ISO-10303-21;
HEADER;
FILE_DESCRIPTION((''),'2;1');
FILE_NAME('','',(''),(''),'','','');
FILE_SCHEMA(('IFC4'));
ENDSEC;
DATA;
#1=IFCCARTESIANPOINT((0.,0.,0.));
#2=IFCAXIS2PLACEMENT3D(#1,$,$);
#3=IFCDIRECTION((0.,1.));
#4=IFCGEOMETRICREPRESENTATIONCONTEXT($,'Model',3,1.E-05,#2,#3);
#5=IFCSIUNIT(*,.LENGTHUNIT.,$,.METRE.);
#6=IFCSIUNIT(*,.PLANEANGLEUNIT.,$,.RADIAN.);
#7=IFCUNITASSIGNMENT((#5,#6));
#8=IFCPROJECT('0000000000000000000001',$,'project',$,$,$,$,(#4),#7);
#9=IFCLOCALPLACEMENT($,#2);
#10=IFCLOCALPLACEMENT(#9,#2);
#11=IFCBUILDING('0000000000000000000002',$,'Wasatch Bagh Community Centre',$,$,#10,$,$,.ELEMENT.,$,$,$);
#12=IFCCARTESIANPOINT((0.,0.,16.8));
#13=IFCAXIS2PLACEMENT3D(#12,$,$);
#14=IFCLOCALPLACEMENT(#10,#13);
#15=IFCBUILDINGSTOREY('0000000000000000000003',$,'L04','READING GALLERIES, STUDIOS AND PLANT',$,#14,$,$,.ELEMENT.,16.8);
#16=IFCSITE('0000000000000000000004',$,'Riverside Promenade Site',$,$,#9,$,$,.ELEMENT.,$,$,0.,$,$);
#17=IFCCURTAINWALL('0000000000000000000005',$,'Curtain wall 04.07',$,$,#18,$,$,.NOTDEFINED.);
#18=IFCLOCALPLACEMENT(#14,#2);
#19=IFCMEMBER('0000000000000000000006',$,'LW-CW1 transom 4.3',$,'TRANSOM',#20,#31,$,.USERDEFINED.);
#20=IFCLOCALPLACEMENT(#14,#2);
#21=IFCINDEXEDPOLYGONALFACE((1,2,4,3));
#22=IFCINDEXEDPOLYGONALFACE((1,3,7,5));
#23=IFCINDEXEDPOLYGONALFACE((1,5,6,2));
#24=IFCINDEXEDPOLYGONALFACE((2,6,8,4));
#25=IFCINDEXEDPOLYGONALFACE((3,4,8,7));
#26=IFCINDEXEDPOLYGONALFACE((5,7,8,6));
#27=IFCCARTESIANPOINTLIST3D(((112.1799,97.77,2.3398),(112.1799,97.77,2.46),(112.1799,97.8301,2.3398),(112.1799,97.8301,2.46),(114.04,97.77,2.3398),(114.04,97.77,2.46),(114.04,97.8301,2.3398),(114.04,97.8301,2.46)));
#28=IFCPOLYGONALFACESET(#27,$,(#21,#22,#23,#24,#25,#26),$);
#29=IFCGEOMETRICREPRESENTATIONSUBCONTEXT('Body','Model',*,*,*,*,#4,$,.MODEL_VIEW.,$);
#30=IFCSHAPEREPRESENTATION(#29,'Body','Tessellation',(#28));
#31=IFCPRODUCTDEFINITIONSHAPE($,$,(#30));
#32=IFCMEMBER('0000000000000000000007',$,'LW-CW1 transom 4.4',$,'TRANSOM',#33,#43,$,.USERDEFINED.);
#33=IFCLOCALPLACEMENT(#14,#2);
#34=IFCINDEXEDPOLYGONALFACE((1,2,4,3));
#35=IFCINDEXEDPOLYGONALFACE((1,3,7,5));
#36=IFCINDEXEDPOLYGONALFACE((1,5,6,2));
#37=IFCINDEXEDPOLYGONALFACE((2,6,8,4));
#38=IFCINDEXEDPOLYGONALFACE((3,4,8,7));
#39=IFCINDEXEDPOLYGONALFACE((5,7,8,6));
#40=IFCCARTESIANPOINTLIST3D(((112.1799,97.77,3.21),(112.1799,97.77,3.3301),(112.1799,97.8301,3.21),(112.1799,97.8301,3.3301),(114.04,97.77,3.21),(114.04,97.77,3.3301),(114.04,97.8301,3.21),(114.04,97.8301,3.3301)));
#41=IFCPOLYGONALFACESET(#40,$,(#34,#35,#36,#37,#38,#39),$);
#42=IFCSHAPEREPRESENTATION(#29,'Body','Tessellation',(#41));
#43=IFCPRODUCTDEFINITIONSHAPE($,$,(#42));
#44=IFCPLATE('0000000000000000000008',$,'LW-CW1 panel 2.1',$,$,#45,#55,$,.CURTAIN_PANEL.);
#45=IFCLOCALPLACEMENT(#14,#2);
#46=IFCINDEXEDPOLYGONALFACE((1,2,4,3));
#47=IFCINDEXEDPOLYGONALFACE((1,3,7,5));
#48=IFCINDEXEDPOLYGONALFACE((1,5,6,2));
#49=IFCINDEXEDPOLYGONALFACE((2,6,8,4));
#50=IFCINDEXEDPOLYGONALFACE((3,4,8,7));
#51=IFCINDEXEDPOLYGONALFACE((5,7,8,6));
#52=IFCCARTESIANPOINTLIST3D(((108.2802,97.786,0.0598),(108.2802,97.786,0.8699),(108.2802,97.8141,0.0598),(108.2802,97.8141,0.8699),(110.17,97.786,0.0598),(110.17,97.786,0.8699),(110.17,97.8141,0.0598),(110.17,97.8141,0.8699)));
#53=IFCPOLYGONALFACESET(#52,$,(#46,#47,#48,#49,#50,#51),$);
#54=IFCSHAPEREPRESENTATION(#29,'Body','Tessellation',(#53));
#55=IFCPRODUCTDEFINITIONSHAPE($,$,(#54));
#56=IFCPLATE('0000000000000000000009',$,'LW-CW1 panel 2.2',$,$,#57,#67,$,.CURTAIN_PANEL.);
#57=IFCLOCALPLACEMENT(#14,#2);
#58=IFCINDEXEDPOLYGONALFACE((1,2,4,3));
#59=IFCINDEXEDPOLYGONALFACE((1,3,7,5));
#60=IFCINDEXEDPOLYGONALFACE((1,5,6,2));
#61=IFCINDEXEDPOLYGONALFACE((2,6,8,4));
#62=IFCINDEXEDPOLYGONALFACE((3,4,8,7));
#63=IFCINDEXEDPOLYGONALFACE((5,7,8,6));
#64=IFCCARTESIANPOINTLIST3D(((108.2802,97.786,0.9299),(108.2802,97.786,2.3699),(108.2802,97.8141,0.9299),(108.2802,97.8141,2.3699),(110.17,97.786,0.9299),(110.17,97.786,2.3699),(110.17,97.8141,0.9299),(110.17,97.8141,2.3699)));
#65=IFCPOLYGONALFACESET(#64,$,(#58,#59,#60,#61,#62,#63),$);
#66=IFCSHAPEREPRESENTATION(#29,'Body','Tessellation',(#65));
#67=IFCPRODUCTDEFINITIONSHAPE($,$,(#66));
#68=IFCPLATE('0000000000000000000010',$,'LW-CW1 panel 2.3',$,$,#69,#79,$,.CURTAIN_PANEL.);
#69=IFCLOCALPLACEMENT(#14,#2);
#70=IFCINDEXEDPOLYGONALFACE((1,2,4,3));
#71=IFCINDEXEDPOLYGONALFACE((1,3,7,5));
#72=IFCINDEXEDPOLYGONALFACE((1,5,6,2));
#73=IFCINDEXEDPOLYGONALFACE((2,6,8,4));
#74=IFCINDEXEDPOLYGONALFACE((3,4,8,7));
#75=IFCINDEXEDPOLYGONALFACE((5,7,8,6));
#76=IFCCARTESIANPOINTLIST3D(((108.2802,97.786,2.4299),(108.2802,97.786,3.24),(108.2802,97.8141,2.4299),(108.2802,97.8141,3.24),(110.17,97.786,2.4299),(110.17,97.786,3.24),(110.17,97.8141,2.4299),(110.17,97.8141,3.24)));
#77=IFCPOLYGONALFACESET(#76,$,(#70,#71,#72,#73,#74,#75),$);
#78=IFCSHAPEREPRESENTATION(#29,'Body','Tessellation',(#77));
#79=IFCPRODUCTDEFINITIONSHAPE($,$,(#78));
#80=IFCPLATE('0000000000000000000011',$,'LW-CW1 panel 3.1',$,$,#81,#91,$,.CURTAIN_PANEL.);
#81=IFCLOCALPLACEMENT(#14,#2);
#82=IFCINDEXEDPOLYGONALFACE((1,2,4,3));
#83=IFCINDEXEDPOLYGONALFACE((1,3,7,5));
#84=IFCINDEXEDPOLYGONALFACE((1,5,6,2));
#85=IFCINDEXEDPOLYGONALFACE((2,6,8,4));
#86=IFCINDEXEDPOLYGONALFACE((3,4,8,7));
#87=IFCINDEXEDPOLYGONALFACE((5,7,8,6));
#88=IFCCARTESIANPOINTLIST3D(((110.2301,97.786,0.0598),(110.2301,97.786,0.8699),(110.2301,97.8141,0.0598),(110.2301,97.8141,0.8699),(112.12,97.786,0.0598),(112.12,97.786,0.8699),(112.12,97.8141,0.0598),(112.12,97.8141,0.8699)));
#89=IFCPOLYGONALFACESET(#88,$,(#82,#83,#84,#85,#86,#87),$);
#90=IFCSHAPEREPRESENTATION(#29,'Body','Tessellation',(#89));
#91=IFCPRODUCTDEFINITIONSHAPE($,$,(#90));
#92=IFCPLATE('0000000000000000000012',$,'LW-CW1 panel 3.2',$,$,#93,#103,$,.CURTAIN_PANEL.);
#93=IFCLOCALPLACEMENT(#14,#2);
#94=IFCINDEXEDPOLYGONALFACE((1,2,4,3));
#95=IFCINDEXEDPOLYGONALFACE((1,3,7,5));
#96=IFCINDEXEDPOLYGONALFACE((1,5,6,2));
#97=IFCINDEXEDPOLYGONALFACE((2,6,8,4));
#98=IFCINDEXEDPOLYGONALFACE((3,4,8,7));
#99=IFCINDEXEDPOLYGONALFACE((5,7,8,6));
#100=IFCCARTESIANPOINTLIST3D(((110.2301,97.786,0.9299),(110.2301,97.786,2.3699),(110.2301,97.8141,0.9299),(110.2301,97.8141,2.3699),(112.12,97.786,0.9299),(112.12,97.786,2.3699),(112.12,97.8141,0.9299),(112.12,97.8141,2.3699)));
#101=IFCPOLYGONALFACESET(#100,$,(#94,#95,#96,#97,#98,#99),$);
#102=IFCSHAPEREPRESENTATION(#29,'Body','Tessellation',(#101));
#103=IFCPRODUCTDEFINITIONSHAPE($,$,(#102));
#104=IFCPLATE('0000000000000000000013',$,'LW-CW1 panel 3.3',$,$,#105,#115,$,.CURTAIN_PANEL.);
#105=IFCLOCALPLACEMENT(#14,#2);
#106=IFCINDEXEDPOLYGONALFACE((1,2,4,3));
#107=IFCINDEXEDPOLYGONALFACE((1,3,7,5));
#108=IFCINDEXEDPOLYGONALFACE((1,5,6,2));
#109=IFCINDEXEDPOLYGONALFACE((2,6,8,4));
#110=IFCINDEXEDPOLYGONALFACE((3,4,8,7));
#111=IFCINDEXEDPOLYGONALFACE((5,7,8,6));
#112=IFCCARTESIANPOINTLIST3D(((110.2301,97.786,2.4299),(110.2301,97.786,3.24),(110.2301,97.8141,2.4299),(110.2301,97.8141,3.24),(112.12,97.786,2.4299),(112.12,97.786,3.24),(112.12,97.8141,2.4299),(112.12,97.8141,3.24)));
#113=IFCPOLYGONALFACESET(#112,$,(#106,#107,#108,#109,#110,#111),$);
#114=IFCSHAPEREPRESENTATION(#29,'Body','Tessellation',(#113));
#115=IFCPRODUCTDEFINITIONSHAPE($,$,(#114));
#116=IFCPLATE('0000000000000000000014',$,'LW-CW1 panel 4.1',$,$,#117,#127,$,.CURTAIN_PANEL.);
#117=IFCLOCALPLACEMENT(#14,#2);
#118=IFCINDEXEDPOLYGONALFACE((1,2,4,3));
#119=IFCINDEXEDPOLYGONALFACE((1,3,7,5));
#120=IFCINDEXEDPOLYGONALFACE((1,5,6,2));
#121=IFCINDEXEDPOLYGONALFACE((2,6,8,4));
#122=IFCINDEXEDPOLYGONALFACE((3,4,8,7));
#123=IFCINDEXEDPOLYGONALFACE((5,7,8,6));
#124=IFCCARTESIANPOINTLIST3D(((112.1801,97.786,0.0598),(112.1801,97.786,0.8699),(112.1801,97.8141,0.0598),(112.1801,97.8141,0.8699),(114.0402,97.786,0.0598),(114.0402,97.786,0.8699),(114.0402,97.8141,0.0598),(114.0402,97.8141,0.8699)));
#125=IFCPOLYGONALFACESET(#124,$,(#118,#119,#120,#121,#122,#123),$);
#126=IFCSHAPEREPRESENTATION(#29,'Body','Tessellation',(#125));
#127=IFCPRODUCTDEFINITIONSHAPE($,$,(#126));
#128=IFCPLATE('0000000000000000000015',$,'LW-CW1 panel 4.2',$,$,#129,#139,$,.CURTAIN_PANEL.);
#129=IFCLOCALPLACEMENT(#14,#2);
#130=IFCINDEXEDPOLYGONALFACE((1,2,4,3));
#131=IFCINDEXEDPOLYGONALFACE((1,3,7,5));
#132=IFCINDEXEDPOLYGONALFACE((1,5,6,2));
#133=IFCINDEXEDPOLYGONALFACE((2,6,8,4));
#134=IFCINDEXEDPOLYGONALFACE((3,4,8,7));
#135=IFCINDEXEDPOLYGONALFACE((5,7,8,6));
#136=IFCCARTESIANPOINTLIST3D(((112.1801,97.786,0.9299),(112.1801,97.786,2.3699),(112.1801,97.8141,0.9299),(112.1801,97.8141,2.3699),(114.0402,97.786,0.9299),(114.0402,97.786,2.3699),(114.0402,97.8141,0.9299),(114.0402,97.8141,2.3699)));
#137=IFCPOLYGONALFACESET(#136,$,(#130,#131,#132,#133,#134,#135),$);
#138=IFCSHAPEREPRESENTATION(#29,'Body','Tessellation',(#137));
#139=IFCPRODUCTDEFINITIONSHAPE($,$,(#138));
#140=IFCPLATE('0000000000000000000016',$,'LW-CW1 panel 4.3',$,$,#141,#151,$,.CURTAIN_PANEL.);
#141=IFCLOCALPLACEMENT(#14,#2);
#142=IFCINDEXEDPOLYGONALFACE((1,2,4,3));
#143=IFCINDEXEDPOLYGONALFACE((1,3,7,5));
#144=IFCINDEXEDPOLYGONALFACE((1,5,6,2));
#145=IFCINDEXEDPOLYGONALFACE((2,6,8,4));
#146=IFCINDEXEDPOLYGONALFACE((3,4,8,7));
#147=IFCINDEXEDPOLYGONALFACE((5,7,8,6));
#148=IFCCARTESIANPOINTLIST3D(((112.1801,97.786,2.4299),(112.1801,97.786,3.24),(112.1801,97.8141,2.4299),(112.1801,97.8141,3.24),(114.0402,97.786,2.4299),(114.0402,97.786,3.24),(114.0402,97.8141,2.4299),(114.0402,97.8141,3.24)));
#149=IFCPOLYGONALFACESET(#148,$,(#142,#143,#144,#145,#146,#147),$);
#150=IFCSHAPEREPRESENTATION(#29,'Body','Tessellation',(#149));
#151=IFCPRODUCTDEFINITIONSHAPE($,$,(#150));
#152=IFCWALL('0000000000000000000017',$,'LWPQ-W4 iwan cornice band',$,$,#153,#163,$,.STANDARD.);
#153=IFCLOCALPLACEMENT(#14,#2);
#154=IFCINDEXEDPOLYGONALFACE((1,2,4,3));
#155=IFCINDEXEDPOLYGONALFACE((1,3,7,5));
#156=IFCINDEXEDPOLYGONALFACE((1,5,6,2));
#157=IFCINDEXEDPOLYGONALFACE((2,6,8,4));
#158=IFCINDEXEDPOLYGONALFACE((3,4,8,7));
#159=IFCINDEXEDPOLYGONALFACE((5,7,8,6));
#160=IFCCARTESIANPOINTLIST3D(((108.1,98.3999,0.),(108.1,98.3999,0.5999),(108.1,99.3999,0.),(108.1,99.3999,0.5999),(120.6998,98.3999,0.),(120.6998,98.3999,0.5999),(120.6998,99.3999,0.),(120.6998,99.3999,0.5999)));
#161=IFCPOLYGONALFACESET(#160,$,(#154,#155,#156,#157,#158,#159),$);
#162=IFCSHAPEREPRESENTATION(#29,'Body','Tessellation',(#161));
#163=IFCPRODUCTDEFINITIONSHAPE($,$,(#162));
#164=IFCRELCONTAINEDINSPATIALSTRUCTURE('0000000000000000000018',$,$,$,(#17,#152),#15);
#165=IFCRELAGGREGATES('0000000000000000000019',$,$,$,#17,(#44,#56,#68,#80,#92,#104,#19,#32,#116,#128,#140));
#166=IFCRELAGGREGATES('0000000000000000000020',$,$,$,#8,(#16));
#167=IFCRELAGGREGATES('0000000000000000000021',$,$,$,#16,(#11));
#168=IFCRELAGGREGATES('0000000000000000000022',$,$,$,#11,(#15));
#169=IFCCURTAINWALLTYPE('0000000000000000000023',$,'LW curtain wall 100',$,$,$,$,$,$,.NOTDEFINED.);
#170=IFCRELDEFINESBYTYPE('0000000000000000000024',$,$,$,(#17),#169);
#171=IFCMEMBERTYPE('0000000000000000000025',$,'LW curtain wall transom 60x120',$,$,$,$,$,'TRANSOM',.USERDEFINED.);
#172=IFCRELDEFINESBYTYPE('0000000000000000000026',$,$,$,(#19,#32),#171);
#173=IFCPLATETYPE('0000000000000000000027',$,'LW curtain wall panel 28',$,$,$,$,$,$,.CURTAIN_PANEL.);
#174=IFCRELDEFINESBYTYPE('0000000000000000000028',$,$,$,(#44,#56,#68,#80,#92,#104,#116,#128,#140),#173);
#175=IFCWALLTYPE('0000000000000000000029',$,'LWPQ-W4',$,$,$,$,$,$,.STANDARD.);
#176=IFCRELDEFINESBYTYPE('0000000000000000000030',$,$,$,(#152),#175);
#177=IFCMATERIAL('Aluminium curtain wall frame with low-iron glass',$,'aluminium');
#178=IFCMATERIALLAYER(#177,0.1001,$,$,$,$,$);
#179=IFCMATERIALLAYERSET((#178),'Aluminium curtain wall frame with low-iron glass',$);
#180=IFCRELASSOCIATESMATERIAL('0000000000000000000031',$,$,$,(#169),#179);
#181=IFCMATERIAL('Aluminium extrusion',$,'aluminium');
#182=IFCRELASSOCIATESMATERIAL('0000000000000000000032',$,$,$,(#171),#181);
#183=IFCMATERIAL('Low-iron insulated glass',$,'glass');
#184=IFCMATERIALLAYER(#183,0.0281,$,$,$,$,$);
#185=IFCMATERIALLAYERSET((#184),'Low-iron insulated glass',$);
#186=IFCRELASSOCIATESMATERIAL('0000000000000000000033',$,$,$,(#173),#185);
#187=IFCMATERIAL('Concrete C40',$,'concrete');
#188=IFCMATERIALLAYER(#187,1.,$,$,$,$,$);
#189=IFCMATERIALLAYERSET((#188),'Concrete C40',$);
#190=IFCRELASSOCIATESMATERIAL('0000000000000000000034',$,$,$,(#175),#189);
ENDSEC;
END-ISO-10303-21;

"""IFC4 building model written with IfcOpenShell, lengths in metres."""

from ifc_helpers import new_model, si_unit, direction, frame, frame_2d, origin, origin_2d, place, context, subcontext, project, spatial, rectangle, extrude, material, layer, layer_set, material_profile, profile_set, type_object, element, aggregate, save


model = new_model("IFC4")

# Units and contexts
model_context = context("Model", 3, precision=1e-05, world=origin(), true_north=direction((0.0, 1.0)))
body_context = subcontext(model_context, "Body", "Model", "MODEL_VIEW")
ifc_project = project(units=[si_unit("LENGTHUNIT", "METRE"), si_unit("PLANEANGLEUNIT", "RADIAN")], contexts=[model_context])

# Site, building, storey
site_placement = place(None, origin())
site = spatial("IfcSite", under=ifc_project, at=site_placement, Name="Riverside Promenade Site", CompositionType="ELEMENT", RefElevation=0.0)
building_placement = place(site_placement, origin())
building = spatial("IfcBuilding", under=site, at=building_placement, Name="Wasatch Bagh Community Centre", CompositionType="ELEMENT")
storey_placement = place(building_placement, frame((0.0, 0.0, 16.8)))
storey = spatial("IfcBuildingStorey", under=building, at=storey_placement, Name="L04", Description="READING GALLERIES, STUDIOS AND PLANT", CompositionType="ELEMENT", Elevation=16.8)

# Curtain wall
ifc_material_1 = material(Name="Aluminium curtain wall frame with low-iron glass", Category="aluminium")
ifc_layer_1 = layer(ifc_material_1, 0.1001)
ifc_layer_set_1 = layer_set([ifc_layer_1], Name="Aluminium curtain wall frame with low-iron glass")
curtain_wall_type_1 = type_object("IfcCurtainWallType", Name="LW curtain wall 100", PredefinedType="NOTDEFINED", material=ifc_layer_set_1)
curtain_wall_1_placement = place(storey_placement, origin())
curtain_wall_1 = element("IfcCurtainWall", 1, at=curtain_wall_1_placement, inside=storey, type_object=curtain_wall_type_1, Name="Curtain wall 04.07", PredefinedType="NOTDEFINED")
ifc_material_2 = material(Name="Aluminium extrusion", Category="aluminium")

# Members
ifc_material_profile_1 = material_profile(ifc_material_2, rectangle(XDim=0.0601, YDim=0.1201, at=origin_2d()), Name="AL 60x120")
ifc_profile_set_1 = profile_set([ifc_material_profile_1], Name="Aluminium extrusion")
member_type_1 = type_object("IfcMemberType", Name="LW curtain wall transom 60x120", ElementType="TRANSOM", PredefinedType="USERDEFINED", material=ifc_profile_set_1)
member_1_placement = place(storey_placement, frame((112.1799, 97.8, 2.3999), z_axis=(1.0, 0.0, 0.0), x_axis=(0.0, 1.0, 0.0)))
member_1 = element("IfcMember", 2, at=member_1_placement, type_object=member_type_1, Name="LW-CW1 transom 4.3", ObjectType="TRANSOM", PredefinedType="USERDEFINED", context=body_context, shape_type="SweptSolid", body=[
    extrude(rectangle(XDim=0.0601, YDim=0.1201, at=origin_2d()), origin(), (0.0, 0.0, 1.0), 1.8601),
])
member_2_placement = place(storey_placement, frame((112.1799, 97.8, 3.27), z_axis=(1.0, 0.0, 0.0), x_axis=(0.0, 1.0, 0.0)))
member_2 = element("IfcMember", 3, at=member_2_placement, type_object=member_type_1, Name="LW-CW1 transom 4.4", ObjectType="TRANSOM", PredefinedType="USERDEFINED", context=body_context, shape_type="SweptSolid", body=[
    extrude(rectangle(XDim=0.0601, YDim=0.1201, at=origin_2d()), origin(), (0.0, 0.0, 1.0), 1.8601),
])

# Plates
ifc_material_3 = material(Name="Low-iron insulated glass", Category="glass")
ifc_layer_2 = layer(ifc_material_3, 0.0281)
ifc_layer_set_2 = layer_set([ifc_layer_2], Name="Low-iron insulated glass")
plate_type = type_object("IfcPlateType", Name="LW curtain wall panel 28", PredefinedType="CURTAIN_PANEL", material=ifc_layer_set_2)
plate_1_placement = place(storey_placement, frame((109.2251, 97.8, 0.0598), z_axis=(0.0, 0.0, 1.0), x_axis=(1.0, 0.0, 0.0)))
plate_1 = element("IfcPlate", 4, at=plate_1_placement, type_object=plate_type, Name="LW-CW1 panel 2.1", PredefinedType="CURTAIN_PANEL", context=body_context, shape_type="SweptSolid", body=[
    extrude(rectangle(XDim=1.8899, YDim=0.0281, at=origin_2d()), origin(), (0.0, 0.0, 1.0), 0.8101),
])
plate_2_placement = place(storey_placement, frame((109.2251, 97.8, 0.9299), z_axis=(0.0, 0.0, 1.0), x_axis=(1.0, 0.0, 0.0)))
plate_2 = element("IfcPlate", 5, at=plate_2_placement, type_object=plate_type, Name="LW-CW1 panel 2.2", PredefinedType="CURTAIN_PANEL", context=body_context, shape_type="SweptSolid", body=[
    extrude(rectangle(XDim=1.8899, YDim=0.0281, at=origin_2d()), origin(), (0.0, 0.0, 1.0), 1.4399),
])
plate_3_placement = place(storey_placement, frame((109.2251, 97.8, 2.4299), z_axis=(0.0, 0.0, 1.0), x_axis=(1.0, 0.0, 0.0)))
plate_3 = element("IfcPlate", 6, at=plate_3_placement, type_object=plate_type, Name="LW-CW1 panel 2.3", PredefinedType="CURTAIN_PANEL", context=body_context, shape_type="SweptSolid", body=[
    extrude(rectangle(XDim=1.8899, YDim=0.0281, at=origin_2d()), origin(), (0.0, 0.0, 1.0), 0.8101),
])
plate_4_placement = place(storey_placement, frame((111.175, 97.8, 0.0598), z_axis=(0.0, 0.0, 1.0), x_axis=(1.0, 0.0, 0.0)))
plate_4 = element("IfcPlate", 7, at=plate_4_placement, type_object=plate_type, Name="LW-CW1 panel 3.1", PredefinedType="CURTAIN_PANEL", context=body_context, shape_type="SweptSolid", body=[
    extrude(rectangle(XDim=1.8899, YDim=0.0281, at=origin_2d()), origin(), (0.0, 0.0, 1.0), 0.8101),
])
plate_5_placement = place(storey_placement, frame((111.175, 97.8, 0.9299), z_axis=(0.0, 0.0, 1.0), x_axis=(1.0, 0.0, 0.0)))
plate_5 = element("IfcPlate", 8, at=plate_5_placement, type_object=plate_type, Name="LW-CW1 panel 3.2", PredefinedType="CURTAIN_PANEL", context=body_context, shape_type="SweptSolid", body=[
    extrude(rectangle(XDim=1.8899, YDim=0.0281, at=origin_2d()), origin(), (0.0, 0.0, 1.0), 1.4399),
])
plate_6_placement = place(storey_placement, frame((111.175, 97.8, 2.4299), z_axis=(0.0, 0.0, 1.0), x_axis=(1.0, 0.0, 0.0)))
plate_6 = element("IfcPlate", 9, at=plate_6_placement, type_object=plate_type, Name="LW-CW1 panel 3.3", PredefinedType="CURTAIN_PANEL", context=body_context, shape_type="SweptSolid", body=[
    extrude(rectangle(XDim=1.8899, YDim=0.0281, at=origin_2d()), origin(), (0.0, 0.0, 1.0), 0.8101),
])
plate_7_placement = place(storey_placement, frame((113.1101, 97.8, 0.0598), z_axis=(0.0, 0.0, 1.0), x_axis=(1.0, 0.0, 0.0)))
plate_7 = element("IfcPlate", 10, at=plate_7_placement, type_object=plate_type, Name="LW-CW1 panel 4.1", PredefinedType="CURTAIN_PANEL", context=body_context, shape_type="SweptSolid", body=[
    extrude(rectangle(XDim=1.8601, YDim=0.0281, at=origin_2d()), origin(), (0.0, 0.0, 1.0), 0.8101),
])
plate_8_placement = place(storey_placement, frame((113.1101, 97.8, 0.9299), z_axis=(0.0, 0.0, 1.0), x_axis=(1.0, 0.0, 0.0)))
plate_8 = element("IfcPlate", 11, at=plate_8_placement, type_object=plate_type, Name="LW-CW1 panel 4.2", PredefinedType="CURTAIN_PANEL", context=body_context, shape_type="SweptSolid", body=[
    extrude(rectangle(XDim=1.8601, YDim=0.0281, at=origin_2d()), origin(), (0.0, 0.0, 1.0), 1.4399),
])
plate_9_placement = place(storey_placement, frame((113.1101, 97.8, 2.4299), z_axis=(0.0, 0.0, 1.0), x_axis=(1.0, 0.0, 0.0)))
plate_9 = element("IfcPlate", 12, at=plate_9_placement, type_object=plate_type, Name="LW-CW1 panel 4.3", PredefinedType="CURTAIN_PANEL", context=body_context, shape_type="SweptSolid", body=[
    extrude(rectangle(XDim=1.8601, YDim=0.0281, at=origin_2d()), origin(), (0.0, 0.0, 1.0), 0.8101),
])
aggregate(curtain_wall_1, [plate_1, plate_2, plate_3, plate_4, plate_5, plate_6, member_1, member_2, plate_7, plate_8, plate_9])

# Wall
ifc_material_4 = material(Name="Concrete C40", Category="concrete")
ifc_layer_3 = layer(ifc_material_4, 1.0)
ifc_layer_set_3 = layer_set([ifc_layer_3], Name="Concrete C40")
wall_type = type_object("IfcWallType", Name="LWPQ-W4", PredefinedType="STANDARD", material=ifc_layer_set_3)
wall_placement = place(storey_placement, frame((108.1001, 98.8999, 0.0), z_axis=(0.0, 0.0, 1.0), x_axis=(1.0, 0.0, 0.0)))
element("IfcWall", 13, at=wall_placement, inside=storey, type_object=wall_type, Name="LWPQ-W4 iwan cornice band", PredefinedType="STANDARD", context=body_context, shape_type="SweptSolid", body=[
    extrude(rectangle(XDim=12.5999, YDim=1.0, at=frame_2d((6.2998, 0.0))), origin(), (0.0, 0.0, 1.0), 0.5999),
])

save(model, "model.ifc")
